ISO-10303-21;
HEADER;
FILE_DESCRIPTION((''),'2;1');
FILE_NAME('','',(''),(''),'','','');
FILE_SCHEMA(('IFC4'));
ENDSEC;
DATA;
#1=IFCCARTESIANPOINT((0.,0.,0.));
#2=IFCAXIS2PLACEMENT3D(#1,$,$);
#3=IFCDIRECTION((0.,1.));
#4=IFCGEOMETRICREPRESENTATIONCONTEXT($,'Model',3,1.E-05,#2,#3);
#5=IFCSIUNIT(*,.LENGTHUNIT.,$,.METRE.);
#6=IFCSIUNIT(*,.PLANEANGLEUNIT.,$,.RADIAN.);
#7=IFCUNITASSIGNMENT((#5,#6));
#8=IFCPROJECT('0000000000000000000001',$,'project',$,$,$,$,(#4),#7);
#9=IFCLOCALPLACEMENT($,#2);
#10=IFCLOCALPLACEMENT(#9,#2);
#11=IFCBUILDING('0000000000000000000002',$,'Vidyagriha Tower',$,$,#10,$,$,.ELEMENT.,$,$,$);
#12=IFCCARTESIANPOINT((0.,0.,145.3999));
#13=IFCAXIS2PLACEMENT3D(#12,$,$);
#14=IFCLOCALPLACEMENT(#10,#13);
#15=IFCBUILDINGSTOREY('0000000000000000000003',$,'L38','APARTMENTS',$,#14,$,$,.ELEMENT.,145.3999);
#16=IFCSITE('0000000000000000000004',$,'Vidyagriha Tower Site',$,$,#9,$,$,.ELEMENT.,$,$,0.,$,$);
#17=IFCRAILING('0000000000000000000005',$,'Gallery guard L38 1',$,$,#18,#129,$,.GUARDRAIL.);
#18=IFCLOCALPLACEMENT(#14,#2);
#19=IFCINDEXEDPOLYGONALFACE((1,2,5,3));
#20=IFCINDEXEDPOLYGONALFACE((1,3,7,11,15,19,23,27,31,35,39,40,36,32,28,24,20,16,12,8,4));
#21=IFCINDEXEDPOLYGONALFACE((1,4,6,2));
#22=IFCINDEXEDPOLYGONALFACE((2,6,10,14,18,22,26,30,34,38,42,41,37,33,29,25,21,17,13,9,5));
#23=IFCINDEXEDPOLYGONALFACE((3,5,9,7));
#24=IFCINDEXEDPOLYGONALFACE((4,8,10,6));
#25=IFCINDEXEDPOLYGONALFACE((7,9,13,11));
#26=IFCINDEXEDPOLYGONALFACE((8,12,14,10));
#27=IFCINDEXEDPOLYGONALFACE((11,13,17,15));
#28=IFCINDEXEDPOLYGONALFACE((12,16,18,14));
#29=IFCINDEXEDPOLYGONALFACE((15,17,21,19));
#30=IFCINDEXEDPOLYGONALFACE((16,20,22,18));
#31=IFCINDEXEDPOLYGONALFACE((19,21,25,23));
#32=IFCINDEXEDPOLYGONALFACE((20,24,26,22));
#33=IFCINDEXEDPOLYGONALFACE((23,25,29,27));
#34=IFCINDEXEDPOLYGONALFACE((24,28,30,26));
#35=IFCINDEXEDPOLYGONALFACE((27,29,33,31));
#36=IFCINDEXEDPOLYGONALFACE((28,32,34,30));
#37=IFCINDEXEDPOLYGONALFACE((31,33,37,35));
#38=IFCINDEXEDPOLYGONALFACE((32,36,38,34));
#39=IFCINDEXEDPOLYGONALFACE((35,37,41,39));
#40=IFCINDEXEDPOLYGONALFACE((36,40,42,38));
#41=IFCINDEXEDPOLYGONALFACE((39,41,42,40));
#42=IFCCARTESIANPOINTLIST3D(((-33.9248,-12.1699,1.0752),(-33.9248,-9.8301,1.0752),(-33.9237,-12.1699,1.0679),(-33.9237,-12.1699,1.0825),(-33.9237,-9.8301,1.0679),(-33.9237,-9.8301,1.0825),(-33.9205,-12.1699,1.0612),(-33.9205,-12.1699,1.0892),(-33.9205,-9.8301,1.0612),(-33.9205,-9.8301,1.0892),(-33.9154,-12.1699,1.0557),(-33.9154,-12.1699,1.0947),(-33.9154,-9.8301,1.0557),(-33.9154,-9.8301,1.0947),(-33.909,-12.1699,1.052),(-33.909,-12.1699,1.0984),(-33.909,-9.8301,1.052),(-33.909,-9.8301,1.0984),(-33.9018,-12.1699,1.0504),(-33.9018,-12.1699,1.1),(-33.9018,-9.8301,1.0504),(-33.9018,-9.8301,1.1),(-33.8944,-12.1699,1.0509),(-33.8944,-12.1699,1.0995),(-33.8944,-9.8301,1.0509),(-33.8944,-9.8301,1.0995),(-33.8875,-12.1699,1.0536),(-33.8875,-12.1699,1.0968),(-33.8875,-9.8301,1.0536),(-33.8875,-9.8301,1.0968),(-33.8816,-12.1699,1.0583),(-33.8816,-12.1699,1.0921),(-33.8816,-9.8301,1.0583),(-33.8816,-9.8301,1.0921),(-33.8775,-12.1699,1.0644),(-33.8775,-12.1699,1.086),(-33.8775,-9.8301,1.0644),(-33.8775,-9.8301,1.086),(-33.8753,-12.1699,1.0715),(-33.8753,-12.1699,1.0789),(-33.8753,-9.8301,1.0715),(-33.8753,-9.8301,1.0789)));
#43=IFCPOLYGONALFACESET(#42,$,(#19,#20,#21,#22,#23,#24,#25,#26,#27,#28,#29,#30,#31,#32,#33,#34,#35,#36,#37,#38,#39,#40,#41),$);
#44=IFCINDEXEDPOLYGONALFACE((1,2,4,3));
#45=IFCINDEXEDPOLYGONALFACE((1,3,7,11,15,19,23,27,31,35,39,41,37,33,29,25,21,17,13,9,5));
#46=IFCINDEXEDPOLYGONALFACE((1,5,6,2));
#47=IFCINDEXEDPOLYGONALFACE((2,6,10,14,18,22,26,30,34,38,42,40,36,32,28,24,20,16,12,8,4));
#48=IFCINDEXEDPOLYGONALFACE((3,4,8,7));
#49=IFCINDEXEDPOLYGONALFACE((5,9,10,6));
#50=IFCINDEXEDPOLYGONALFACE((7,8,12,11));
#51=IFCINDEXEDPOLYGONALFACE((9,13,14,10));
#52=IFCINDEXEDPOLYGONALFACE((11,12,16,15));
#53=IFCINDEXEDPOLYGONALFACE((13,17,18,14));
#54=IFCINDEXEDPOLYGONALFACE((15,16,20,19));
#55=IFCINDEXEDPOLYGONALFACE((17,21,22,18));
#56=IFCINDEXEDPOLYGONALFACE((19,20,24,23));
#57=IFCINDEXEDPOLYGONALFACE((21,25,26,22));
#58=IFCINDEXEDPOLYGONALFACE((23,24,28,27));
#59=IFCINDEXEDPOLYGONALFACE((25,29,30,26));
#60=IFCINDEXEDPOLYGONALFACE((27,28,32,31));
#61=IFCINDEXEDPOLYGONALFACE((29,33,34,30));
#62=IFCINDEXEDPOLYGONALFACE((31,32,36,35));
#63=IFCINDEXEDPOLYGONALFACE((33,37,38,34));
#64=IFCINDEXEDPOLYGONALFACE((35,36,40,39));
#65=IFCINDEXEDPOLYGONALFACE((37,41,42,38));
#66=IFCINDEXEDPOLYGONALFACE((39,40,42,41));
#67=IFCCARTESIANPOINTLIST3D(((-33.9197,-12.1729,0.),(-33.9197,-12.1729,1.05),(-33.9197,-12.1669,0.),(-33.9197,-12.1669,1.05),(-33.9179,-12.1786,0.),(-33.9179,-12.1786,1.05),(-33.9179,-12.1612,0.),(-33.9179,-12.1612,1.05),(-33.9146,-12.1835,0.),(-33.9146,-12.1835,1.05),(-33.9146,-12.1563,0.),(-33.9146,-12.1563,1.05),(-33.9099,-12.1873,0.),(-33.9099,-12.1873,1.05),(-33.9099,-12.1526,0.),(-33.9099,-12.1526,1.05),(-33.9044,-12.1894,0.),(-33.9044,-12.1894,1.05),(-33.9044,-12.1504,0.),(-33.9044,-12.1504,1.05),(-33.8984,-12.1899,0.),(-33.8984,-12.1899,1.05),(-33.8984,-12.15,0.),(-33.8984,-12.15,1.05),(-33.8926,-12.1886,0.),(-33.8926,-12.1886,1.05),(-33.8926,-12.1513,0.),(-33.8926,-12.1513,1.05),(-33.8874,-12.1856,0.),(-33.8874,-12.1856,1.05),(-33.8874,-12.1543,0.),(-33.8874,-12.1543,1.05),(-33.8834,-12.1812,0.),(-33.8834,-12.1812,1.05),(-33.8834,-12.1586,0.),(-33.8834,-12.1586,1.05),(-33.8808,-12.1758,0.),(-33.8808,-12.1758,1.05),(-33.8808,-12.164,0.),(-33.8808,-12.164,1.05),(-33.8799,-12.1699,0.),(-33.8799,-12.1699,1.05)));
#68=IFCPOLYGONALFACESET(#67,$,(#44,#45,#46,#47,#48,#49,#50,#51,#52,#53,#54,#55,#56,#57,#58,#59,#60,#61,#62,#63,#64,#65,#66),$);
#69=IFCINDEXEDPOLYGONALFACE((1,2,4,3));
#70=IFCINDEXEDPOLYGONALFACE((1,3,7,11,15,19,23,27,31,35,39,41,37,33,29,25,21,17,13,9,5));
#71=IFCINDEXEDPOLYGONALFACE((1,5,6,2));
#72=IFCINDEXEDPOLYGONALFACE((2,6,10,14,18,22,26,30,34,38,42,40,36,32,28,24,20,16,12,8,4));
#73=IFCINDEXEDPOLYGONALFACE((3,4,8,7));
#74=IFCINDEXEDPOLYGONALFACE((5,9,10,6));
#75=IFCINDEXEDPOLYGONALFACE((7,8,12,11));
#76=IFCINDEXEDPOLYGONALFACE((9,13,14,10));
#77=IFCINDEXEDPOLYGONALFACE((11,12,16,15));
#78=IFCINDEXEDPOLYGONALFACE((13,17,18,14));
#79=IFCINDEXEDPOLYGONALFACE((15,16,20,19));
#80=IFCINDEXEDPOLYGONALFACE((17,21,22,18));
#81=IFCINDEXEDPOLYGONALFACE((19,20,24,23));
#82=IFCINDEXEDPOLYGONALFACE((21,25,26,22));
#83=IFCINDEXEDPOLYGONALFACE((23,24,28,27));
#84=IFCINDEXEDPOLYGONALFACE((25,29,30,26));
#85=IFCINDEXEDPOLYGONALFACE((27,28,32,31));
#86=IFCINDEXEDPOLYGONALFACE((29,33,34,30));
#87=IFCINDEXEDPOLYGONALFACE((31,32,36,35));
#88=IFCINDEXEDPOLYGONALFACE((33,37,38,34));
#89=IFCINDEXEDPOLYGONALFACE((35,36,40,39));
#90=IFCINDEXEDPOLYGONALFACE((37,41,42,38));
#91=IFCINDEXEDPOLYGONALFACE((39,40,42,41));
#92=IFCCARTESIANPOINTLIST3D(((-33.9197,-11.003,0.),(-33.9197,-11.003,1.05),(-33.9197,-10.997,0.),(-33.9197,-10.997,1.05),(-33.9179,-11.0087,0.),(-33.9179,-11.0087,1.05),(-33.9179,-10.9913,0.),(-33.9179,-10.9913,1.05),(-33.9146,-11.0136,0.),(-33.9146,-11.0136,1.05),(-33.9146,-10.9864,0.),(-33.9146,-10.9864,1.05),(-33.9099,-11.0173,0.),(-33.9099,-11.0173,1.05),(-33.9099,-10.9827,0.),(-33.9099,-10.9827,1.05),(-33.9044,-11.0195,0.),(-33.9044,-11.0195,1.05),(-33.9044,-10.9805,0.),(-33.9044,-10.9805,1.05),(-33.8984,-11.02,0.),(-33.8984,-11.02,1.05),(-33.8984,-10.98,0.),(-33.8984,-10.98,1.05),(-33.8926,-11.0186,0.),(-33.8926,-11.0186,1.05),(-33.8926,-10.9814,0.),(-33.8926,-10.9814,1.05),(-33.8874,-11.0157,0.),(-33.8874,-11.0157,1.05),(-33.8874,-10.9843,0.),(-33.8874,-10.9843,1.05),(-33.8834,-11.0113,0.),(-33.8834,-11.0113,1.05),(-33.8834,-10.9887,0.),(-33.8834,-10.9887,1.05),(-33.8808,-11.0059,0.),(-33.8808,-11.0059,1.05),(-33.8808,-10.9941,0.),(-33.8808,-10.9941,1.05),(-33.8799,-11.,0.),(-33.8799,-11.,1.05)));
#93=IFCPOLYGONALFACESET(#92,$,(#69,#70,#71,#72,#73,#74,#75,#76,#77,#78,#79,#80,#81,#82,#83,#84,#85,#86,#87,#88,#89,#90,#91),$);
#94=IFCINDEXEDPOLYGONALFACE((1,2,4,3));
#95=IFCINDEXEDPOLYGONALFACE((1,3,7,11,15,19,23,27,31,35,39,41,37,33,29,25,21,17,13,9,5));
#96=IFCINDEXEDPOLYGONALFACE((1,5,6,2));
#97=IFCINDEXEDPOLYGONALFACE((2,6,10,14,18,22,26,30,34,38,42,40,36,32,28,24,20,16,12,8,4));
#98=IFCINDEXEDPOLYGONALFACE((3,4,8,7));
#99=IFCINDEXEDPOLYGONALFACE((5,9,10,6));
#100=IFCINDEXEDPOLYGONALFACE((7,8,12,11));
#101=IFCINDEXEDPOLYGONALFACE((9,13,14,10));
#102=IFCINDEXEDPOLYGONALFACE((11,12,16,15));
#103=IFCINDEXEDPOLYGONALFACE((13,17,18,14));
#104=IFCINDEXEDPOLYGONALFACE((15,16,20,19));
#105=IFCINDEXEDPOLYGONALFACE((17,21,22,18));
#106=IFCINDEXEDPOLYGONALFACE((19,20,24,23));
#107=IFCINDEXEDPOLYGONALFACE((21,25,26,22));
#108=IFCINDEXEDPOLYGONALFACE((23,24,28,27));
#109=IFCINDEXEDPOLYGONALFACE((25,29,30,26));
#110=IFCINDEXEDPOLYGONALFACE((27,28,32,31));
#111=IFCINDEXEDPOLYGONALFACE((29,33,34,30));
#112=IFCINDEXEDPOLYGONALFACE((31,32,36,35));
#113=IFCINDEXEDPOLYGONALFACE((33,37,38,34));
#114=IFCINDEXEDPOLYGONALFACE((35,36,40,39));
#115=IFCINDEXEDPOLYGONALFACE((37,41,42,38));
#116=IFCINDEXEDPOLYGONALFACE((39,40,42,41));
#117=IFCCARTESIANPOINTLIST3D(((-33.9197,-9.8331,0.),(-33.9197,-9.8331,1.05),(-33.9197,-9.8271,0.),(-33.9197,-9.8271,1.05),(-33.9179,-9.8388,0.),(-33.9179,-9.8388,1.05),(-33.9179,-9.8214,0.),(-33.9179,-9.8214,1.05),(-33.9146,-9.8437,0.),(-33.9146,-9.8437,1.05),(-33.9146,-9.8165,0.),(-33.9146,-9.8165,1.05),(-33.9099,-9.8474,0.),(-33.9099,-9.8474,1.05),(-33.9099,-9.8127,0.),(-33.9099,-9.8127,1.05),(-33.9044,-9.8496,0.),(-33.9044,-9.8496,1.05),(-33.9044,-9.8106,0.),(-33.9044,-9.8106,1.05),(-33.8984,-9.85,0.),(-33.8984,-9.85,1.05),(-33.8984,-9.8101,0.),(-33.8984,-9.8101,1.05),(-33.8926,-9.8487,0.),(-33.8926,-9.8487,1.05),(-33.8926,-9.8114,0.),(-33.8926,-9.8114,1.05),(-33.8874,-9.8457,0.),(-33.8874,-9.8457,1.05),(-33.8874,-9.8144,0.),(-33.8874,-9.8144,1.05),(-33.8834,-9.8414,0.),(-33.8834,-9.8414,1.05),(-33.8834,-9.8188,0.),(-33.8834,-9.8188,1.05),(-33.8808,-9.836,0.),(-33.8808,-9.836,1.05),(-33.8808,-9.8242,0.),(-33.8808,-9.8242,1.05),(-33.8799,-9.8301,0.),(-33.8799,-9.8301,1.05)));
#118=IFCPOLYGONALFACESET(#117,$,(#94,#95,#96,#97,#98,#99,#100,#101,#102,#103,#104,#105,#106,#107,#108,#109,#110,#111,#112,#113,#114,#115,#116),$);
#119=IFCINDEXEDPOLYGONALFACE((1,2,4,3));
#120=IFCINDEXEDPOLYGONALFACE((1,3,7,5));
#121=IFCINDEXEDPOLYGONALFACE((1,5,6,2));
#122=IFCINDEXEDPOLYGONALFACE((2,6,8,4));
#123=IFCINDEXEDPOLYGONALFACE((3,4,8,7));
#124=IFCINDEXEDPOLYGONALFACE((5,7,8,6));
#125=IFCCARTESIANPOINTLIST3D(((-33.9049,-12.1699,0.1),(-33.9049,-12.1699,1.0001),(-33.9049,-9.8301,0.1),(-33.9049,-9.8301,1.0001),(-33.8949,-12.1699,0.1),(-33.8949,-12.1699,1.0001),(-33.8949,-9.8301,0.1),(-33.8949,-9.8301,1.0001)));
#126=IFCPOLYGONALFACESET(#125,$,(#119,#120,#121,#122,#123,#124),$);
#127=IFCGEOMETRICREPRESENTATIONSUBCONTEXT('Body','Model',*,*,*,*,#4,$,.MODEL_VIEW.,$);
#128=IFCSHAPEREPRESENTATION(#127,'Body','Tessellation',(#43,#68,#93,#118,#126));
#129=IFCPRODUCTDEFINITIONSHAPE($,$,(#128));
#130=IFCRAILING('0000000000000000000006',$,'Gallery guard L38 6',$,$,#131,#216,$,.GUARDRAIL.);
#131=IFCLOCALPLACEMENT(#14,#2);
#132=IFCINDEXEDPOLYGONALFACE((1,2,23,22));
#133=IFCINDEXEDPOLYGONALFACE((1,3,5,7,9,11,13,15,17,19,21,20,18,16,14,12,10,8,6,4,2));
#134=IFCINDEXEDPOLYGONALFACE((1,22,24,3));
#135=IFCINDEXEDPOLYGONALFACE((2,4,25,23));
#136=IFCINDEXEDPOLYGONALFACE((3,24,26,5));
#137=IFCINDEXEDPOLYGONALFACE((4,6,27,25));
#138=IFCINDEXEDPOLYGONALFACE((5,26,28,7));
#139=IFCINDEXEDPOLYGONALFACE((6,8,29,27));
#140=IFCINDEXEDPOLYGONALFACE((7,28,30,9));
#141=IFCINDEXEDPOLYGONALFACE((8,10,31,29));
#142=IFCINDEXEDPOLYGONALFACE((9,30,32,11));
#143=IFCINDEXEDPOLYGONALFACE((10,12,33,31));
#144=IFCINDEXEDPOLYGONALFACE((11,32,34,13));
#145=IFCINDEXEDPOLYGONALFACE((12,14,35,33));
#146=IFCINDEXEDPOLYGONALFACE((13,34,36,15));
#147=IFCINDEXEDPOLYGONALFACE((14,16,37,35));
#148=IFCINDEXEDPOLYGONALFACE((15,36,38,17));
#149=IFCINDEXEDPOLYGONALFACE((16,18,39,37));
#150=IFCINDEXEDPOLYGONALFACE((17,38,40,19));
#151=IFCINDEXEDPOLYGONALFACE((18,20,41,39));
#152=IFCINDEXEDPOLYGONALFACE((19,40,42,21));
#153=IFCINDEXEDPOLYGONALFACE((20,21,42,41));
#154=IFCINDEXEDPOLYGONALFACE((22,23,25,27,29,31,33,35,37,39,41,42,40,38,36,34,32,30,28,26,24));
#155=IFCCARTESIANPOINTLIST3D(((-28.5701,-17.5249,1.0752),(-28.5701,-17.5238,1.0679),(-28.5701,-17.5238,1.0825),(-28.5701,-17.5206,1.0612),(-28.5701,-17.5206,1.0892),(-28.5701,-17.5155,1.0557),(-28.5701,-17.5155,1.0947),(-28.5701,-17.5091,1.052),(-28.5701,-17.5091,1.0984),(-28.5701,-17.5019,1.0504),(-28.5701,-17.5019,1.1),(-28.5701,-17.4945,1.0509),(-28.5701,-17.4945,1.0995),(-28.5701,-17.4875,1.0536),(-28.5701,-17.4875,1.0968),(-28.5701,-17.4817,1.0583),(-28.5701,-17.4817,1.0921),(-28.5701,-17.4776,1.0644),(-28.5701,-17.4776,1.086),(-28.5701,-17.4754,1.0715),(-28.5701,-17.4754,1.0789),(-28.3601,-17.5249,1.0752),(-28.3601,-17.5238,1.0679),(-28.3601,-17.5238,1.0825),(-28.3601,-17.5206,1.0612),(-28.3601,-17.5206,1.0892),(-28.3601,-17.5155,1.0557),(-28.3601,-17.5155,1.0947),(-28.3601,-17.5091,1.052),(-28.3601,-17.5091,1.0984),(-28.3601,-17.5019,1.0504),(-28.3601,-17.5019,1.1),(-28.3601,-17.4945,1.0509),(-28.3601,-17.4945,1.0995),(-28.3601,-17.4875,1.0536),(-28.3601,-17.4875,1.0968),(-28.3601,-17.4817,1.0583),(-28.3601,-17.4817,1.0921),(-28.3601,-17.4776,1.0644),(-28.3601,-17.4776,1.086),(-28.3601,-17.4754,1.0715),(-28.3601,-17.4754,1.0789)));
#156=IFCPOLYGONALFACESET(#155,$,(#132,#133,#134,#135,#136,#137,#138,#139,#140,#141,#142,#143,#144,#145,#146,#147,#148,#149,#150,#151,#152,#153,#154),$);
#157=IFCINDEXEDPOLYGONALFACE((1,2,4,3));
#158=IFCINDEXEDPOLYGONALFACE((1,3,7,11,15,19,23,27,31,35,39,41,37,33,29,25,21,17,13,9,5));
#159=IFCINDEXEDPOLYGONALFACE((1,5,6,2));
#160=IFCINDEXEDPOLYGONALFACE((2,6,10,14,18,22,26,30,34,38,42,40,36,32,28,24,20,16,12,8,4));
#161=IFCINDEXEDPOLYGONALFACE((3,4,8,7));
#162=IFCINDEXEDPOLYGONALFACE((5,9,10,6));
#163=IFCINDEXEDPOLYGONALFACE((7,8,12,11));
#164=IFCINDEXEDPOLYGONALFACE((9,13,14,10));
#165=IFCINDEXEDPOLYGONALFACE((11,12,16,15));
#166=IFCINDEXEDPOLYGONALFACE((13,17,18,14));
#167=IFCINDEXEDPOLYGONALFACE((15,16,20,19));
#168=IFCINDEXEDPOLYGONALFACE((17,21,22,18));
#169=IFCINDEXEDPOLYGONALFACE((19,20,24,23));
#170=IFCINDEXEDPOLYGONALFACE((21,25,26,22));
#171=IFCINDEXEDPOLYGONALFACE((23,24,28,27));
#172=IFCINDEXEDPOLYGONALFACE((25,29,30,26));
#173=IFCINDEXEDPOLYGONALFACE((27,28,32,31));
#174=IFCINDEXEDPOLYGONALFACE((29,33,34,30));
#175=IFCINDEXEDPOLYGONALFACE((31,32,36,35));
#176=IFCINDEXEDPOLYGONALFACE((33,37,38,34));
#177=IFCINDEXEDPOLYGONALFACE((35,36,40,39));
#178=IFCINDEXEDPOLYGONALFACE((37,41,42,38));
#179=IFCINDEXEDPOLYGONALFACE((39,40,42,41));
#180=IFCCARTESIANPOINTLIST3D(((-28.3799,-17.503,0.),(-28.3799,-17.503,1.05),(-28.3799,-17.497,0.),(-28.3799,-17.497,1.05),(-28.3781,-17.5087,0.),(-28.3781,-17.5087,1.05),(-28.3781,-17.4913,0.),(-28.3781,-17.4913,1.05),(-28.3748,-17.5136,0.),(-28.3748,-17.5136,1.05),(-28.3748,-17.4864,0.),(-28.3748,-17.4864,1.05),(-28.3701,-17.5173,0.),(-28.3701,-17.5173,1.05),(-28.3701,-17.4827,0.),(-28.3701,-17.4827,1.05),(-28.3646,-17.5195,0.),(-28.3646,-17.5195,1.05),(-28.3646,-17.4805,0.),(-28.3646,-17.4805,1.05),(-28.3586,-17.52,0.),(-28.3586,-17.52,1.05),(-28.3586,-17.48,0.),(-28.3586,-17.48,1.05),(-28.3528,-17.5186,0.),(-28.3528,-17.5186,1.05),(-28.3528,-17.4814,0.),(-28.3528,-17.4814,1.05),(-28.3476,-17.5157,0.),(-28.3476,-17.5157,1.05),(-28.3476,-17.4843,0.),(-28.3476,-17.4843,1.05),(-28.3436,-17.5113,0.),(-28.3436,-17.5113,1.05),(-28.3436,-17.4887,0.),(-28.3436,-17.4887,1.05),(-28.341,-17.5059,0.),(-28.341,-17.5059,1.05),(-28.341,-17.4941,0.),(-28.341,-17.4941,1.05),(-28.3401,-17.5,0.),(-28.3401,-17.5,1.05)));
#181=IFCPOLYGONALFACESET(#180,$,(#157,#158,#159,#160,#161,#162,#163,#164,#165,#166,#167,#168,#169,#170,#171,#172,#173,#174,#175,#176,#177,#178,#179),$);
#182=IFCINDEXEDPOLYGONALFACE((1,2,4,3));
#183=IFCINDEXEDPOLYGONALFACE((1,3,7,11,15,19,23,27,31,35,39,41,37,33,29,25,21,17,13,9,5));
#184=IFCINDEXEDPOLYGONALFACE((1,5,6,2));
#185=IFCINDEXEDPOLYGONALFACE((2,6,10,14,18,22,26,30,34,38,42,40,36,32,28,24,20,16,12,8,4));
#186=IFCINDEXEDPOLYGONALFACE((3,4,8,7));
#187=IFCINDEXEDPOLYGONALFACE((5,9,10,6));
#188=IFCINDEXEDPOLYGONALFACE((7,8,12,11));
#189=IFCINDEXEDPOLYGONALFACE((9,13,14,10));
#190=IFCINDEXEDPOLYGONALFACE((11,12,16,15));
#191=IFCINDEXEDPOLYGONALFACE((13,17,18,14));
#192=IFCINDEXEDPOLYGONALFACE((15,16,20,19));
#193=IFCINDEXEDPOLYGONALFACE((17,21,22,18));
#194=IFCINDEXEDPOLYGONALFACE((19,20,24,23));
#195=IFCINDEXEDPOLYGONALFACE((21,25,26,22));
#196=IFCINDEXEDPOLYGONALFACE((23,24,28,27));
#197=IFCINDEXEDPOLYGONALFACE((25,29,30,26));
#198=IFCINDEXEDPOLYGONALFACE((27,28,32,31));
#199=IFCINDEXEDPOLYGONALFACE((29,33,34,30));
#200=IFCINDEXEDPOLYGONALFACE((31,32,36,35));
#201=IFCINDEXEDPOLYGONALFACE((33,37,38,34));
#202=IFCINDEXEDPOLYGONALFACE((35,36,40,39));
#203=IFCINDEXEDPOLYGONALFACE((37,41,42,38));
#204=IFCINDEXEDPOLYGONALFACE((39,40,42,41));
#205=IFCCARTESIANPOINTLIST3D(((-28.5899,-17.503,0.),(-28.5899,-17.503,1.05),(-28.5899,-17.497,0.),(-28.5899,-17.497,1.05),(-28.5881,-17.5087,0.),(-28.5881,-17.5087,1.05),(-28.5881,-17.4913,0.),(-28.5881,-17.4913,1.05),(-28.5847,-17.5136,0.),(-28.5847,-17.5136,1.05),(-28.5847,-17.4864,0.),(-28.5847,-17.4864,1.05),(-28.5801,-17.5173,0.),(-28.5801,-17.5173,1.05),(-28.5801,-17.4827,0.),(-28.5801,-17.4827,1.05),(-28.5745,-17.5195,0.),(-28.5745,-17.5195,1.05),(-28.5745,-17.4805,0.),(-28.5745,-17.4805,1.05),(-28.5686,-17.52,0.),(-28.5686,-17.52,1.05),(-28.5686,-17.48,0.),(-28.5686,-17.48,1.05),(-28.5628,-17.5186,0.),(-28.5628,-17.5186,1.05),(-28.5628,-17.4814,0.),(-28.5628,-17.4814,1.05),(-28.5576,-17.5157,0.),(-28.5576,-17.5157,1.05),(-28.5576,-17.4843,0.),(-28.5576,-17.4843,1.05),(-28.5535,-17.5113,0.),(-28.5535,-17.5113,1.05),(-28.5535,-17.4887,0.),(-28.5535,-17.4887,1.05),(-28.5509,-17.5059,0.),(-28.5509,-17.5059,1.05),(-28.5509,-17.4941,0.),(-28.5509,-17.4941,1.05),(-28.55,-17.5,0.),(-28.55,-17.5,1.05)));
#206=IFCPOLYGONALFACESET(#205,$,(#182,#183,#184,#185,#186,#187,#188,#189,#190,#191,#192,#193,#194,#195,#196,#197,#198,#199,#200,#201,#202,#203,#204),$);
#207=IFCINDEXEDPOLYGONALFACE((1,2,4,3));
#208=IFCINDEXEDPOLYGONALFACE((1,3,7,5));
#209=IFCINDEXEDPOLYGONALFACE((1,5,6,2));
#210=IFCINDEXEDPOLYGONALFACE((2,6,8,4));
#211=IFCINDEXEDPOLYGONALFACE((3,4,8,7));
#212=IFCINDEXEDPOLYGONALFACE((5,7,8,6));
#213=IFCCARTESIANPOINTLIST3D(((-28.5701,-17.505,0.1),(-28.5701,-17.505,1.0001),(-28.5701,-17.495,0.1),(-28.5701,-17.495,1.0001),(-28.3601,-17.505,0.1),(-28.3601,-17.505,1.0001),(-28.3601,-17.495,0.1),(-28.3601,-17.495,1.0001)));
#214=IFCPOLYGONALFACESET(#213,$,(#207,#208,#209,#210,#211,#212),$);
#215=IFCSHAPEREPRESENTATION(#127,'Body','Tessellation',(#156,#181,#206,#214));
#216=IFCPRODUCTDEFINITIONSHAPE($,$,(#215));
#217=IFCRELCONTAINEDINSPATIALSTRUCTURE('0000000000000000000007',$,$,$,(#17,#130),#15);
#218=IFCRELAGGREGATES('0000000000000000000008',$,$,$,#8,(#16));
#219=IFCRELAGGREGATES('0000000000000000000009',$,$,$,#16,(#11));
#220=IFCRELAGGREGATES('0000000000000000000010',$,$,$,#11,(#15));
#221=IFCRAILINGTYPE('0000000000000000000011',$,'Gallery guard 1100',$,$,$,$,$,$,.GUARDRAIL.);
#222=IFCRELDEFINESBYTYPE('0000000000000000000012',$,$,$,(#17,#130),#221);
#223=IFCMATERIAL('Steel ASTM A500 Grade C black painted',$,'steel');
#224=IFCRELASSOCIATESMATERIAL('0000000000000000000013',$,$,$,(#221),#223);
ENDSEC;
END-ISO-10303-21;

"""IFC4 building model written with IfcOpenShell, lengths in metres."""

from ifc_helpers import new_model, si_unit, direction, frame, origin, origin_2d, place, context, subcontext, project, spatial, rectangle, circle, extrude, material, type_object, element, save


model = new_model("IFC4")

# Units and contexts
model_context = context("Model", 3, precision=1e-05, world=origin(), true_north=direction((0.0, 1.0)))
body_context = subcontext(model_context, "Body", "Model", "MODEL_VIEW")
ifc_project = project(units=[si_unit("LENGTHUNIT", "METRE"), si_unit("PLANEANGLEUNIT", "RADIAN")], contexts=[model_context])

# Site, building, storey
site_placement = place(None, origin())
site = spatial("IfcSite", under=ifc_project, at=site_placement, Name="Vidyagriha Tower Site", CompositionType="ELEMENT", RefElevation=0.0)
building_placement = place(site_placement, origin())
building = spatial("IfcBuilding", under=site, at=building_placement, Name="Vidyagriha Tower", CompositionType="ELEMENT")
storey_placement = place(building_placement, frame((0.0, 0.0, 145.3999)))
storey = spatial("IfcBuildingStorey", under=building, at=storey_placement, Name="L38", Description="APARTMENTS", CompositionType="ELEMENT", Elevation=145.3999)

# Railings
ifc_material_1 = material(Name="Steel ASTM A500 Grade C black painted", Category="steel")
railing_type_1 = type_object("IfcRailingType", Name="Gallery guard 1100", PredefinedType="GUARDRAIL", material=ifc_material_1)
railing_1_placement = place(storey_placement, frame((-33.8999, -12.1699, 0.0)))
element("IfcRailing", 1, at=railing_1_placement, inside=storey, type_object=railing_type_1, Name="Gallery guard L38 1", PredefinedType="GUARDRAIL", context=body_context, shape_type="SweptSolid", body=[
    extrude(circle(Radius=0.0249, at=origin_2d()), frame((0.0, 0.0, 1.0752), z_axis=(0.0, 1.0, 0.0), x_axis=(-1.0, 0.0, 0.0)), (0.0, 0.0, 1.0), 2.3398),
    extrude(circle(Radius=0.02, at=origin_2d()), origin(), (0.0, 0.0, 1.0), 1.05),
    extrude(circle(Radius=0.02, at=origin_2d()), frame((0.0, 1.1699, 0.0)), (0.0, 0.0, 1.0), 1.05),
    extrude(circle(Radius=0.02, at=origin_2d()), frame((0.0, 2.3398, 0.0)), (0.0, 0.0, 1.0), 1.05),
    extrude(rectangle(XDim=0.01, YDim=0.9001, at=origin_2d()), frame((0.0, 0.0, 0.55), z_axis=(0.0, 1.0, 0.0), x_axis=(-1.0, 0.0, 0.0)), (0.0, 0.0, 1.0), 2.3398),
])
railing_2_placement = place(storey_placement, frame((-28.3601, -17.5, 0.0)))
element("IfcRailing", 2, at=railing_2_placement, inside=storey, type_object=railing_type_1, Name="Gallery guard L38 6", PredefinedType="GUARDRAIL", context=body_context, shape_type="SweptSolid", body=[
    extrude(circle(Radius=0.0249, at=origin_2d()), frame((0.0, 0.0, 1.0752), z_axis=(-1.0, 0.0, 0.0), x_axis=(0.0, -1.0, 0.0)), (0.0, 0.0, 1.0), 0.21),
    extrude(circle(Radius=0.02, at=origin_2d()), origin(), (0.0, 0.0, 1.0), 1.05),
    extrude(circle(Radius=0.02, at=origin_2d()), frame((-0.21, 0.0, 0.0)), (0.0, 0.0, 1.0), 1.05),
    extrude(rectangle(XDim=0.01, YDim=0.9001, at=origin_2d()), frame((0.0, 0.0, 0.55), z_axis=(-1.0, 0.0, 0.0), x_axis=(0.0, -1.0, 0.0)), (0.0, 0.0, 1.0), 0.21),
])

save(model, "model.ifc")
